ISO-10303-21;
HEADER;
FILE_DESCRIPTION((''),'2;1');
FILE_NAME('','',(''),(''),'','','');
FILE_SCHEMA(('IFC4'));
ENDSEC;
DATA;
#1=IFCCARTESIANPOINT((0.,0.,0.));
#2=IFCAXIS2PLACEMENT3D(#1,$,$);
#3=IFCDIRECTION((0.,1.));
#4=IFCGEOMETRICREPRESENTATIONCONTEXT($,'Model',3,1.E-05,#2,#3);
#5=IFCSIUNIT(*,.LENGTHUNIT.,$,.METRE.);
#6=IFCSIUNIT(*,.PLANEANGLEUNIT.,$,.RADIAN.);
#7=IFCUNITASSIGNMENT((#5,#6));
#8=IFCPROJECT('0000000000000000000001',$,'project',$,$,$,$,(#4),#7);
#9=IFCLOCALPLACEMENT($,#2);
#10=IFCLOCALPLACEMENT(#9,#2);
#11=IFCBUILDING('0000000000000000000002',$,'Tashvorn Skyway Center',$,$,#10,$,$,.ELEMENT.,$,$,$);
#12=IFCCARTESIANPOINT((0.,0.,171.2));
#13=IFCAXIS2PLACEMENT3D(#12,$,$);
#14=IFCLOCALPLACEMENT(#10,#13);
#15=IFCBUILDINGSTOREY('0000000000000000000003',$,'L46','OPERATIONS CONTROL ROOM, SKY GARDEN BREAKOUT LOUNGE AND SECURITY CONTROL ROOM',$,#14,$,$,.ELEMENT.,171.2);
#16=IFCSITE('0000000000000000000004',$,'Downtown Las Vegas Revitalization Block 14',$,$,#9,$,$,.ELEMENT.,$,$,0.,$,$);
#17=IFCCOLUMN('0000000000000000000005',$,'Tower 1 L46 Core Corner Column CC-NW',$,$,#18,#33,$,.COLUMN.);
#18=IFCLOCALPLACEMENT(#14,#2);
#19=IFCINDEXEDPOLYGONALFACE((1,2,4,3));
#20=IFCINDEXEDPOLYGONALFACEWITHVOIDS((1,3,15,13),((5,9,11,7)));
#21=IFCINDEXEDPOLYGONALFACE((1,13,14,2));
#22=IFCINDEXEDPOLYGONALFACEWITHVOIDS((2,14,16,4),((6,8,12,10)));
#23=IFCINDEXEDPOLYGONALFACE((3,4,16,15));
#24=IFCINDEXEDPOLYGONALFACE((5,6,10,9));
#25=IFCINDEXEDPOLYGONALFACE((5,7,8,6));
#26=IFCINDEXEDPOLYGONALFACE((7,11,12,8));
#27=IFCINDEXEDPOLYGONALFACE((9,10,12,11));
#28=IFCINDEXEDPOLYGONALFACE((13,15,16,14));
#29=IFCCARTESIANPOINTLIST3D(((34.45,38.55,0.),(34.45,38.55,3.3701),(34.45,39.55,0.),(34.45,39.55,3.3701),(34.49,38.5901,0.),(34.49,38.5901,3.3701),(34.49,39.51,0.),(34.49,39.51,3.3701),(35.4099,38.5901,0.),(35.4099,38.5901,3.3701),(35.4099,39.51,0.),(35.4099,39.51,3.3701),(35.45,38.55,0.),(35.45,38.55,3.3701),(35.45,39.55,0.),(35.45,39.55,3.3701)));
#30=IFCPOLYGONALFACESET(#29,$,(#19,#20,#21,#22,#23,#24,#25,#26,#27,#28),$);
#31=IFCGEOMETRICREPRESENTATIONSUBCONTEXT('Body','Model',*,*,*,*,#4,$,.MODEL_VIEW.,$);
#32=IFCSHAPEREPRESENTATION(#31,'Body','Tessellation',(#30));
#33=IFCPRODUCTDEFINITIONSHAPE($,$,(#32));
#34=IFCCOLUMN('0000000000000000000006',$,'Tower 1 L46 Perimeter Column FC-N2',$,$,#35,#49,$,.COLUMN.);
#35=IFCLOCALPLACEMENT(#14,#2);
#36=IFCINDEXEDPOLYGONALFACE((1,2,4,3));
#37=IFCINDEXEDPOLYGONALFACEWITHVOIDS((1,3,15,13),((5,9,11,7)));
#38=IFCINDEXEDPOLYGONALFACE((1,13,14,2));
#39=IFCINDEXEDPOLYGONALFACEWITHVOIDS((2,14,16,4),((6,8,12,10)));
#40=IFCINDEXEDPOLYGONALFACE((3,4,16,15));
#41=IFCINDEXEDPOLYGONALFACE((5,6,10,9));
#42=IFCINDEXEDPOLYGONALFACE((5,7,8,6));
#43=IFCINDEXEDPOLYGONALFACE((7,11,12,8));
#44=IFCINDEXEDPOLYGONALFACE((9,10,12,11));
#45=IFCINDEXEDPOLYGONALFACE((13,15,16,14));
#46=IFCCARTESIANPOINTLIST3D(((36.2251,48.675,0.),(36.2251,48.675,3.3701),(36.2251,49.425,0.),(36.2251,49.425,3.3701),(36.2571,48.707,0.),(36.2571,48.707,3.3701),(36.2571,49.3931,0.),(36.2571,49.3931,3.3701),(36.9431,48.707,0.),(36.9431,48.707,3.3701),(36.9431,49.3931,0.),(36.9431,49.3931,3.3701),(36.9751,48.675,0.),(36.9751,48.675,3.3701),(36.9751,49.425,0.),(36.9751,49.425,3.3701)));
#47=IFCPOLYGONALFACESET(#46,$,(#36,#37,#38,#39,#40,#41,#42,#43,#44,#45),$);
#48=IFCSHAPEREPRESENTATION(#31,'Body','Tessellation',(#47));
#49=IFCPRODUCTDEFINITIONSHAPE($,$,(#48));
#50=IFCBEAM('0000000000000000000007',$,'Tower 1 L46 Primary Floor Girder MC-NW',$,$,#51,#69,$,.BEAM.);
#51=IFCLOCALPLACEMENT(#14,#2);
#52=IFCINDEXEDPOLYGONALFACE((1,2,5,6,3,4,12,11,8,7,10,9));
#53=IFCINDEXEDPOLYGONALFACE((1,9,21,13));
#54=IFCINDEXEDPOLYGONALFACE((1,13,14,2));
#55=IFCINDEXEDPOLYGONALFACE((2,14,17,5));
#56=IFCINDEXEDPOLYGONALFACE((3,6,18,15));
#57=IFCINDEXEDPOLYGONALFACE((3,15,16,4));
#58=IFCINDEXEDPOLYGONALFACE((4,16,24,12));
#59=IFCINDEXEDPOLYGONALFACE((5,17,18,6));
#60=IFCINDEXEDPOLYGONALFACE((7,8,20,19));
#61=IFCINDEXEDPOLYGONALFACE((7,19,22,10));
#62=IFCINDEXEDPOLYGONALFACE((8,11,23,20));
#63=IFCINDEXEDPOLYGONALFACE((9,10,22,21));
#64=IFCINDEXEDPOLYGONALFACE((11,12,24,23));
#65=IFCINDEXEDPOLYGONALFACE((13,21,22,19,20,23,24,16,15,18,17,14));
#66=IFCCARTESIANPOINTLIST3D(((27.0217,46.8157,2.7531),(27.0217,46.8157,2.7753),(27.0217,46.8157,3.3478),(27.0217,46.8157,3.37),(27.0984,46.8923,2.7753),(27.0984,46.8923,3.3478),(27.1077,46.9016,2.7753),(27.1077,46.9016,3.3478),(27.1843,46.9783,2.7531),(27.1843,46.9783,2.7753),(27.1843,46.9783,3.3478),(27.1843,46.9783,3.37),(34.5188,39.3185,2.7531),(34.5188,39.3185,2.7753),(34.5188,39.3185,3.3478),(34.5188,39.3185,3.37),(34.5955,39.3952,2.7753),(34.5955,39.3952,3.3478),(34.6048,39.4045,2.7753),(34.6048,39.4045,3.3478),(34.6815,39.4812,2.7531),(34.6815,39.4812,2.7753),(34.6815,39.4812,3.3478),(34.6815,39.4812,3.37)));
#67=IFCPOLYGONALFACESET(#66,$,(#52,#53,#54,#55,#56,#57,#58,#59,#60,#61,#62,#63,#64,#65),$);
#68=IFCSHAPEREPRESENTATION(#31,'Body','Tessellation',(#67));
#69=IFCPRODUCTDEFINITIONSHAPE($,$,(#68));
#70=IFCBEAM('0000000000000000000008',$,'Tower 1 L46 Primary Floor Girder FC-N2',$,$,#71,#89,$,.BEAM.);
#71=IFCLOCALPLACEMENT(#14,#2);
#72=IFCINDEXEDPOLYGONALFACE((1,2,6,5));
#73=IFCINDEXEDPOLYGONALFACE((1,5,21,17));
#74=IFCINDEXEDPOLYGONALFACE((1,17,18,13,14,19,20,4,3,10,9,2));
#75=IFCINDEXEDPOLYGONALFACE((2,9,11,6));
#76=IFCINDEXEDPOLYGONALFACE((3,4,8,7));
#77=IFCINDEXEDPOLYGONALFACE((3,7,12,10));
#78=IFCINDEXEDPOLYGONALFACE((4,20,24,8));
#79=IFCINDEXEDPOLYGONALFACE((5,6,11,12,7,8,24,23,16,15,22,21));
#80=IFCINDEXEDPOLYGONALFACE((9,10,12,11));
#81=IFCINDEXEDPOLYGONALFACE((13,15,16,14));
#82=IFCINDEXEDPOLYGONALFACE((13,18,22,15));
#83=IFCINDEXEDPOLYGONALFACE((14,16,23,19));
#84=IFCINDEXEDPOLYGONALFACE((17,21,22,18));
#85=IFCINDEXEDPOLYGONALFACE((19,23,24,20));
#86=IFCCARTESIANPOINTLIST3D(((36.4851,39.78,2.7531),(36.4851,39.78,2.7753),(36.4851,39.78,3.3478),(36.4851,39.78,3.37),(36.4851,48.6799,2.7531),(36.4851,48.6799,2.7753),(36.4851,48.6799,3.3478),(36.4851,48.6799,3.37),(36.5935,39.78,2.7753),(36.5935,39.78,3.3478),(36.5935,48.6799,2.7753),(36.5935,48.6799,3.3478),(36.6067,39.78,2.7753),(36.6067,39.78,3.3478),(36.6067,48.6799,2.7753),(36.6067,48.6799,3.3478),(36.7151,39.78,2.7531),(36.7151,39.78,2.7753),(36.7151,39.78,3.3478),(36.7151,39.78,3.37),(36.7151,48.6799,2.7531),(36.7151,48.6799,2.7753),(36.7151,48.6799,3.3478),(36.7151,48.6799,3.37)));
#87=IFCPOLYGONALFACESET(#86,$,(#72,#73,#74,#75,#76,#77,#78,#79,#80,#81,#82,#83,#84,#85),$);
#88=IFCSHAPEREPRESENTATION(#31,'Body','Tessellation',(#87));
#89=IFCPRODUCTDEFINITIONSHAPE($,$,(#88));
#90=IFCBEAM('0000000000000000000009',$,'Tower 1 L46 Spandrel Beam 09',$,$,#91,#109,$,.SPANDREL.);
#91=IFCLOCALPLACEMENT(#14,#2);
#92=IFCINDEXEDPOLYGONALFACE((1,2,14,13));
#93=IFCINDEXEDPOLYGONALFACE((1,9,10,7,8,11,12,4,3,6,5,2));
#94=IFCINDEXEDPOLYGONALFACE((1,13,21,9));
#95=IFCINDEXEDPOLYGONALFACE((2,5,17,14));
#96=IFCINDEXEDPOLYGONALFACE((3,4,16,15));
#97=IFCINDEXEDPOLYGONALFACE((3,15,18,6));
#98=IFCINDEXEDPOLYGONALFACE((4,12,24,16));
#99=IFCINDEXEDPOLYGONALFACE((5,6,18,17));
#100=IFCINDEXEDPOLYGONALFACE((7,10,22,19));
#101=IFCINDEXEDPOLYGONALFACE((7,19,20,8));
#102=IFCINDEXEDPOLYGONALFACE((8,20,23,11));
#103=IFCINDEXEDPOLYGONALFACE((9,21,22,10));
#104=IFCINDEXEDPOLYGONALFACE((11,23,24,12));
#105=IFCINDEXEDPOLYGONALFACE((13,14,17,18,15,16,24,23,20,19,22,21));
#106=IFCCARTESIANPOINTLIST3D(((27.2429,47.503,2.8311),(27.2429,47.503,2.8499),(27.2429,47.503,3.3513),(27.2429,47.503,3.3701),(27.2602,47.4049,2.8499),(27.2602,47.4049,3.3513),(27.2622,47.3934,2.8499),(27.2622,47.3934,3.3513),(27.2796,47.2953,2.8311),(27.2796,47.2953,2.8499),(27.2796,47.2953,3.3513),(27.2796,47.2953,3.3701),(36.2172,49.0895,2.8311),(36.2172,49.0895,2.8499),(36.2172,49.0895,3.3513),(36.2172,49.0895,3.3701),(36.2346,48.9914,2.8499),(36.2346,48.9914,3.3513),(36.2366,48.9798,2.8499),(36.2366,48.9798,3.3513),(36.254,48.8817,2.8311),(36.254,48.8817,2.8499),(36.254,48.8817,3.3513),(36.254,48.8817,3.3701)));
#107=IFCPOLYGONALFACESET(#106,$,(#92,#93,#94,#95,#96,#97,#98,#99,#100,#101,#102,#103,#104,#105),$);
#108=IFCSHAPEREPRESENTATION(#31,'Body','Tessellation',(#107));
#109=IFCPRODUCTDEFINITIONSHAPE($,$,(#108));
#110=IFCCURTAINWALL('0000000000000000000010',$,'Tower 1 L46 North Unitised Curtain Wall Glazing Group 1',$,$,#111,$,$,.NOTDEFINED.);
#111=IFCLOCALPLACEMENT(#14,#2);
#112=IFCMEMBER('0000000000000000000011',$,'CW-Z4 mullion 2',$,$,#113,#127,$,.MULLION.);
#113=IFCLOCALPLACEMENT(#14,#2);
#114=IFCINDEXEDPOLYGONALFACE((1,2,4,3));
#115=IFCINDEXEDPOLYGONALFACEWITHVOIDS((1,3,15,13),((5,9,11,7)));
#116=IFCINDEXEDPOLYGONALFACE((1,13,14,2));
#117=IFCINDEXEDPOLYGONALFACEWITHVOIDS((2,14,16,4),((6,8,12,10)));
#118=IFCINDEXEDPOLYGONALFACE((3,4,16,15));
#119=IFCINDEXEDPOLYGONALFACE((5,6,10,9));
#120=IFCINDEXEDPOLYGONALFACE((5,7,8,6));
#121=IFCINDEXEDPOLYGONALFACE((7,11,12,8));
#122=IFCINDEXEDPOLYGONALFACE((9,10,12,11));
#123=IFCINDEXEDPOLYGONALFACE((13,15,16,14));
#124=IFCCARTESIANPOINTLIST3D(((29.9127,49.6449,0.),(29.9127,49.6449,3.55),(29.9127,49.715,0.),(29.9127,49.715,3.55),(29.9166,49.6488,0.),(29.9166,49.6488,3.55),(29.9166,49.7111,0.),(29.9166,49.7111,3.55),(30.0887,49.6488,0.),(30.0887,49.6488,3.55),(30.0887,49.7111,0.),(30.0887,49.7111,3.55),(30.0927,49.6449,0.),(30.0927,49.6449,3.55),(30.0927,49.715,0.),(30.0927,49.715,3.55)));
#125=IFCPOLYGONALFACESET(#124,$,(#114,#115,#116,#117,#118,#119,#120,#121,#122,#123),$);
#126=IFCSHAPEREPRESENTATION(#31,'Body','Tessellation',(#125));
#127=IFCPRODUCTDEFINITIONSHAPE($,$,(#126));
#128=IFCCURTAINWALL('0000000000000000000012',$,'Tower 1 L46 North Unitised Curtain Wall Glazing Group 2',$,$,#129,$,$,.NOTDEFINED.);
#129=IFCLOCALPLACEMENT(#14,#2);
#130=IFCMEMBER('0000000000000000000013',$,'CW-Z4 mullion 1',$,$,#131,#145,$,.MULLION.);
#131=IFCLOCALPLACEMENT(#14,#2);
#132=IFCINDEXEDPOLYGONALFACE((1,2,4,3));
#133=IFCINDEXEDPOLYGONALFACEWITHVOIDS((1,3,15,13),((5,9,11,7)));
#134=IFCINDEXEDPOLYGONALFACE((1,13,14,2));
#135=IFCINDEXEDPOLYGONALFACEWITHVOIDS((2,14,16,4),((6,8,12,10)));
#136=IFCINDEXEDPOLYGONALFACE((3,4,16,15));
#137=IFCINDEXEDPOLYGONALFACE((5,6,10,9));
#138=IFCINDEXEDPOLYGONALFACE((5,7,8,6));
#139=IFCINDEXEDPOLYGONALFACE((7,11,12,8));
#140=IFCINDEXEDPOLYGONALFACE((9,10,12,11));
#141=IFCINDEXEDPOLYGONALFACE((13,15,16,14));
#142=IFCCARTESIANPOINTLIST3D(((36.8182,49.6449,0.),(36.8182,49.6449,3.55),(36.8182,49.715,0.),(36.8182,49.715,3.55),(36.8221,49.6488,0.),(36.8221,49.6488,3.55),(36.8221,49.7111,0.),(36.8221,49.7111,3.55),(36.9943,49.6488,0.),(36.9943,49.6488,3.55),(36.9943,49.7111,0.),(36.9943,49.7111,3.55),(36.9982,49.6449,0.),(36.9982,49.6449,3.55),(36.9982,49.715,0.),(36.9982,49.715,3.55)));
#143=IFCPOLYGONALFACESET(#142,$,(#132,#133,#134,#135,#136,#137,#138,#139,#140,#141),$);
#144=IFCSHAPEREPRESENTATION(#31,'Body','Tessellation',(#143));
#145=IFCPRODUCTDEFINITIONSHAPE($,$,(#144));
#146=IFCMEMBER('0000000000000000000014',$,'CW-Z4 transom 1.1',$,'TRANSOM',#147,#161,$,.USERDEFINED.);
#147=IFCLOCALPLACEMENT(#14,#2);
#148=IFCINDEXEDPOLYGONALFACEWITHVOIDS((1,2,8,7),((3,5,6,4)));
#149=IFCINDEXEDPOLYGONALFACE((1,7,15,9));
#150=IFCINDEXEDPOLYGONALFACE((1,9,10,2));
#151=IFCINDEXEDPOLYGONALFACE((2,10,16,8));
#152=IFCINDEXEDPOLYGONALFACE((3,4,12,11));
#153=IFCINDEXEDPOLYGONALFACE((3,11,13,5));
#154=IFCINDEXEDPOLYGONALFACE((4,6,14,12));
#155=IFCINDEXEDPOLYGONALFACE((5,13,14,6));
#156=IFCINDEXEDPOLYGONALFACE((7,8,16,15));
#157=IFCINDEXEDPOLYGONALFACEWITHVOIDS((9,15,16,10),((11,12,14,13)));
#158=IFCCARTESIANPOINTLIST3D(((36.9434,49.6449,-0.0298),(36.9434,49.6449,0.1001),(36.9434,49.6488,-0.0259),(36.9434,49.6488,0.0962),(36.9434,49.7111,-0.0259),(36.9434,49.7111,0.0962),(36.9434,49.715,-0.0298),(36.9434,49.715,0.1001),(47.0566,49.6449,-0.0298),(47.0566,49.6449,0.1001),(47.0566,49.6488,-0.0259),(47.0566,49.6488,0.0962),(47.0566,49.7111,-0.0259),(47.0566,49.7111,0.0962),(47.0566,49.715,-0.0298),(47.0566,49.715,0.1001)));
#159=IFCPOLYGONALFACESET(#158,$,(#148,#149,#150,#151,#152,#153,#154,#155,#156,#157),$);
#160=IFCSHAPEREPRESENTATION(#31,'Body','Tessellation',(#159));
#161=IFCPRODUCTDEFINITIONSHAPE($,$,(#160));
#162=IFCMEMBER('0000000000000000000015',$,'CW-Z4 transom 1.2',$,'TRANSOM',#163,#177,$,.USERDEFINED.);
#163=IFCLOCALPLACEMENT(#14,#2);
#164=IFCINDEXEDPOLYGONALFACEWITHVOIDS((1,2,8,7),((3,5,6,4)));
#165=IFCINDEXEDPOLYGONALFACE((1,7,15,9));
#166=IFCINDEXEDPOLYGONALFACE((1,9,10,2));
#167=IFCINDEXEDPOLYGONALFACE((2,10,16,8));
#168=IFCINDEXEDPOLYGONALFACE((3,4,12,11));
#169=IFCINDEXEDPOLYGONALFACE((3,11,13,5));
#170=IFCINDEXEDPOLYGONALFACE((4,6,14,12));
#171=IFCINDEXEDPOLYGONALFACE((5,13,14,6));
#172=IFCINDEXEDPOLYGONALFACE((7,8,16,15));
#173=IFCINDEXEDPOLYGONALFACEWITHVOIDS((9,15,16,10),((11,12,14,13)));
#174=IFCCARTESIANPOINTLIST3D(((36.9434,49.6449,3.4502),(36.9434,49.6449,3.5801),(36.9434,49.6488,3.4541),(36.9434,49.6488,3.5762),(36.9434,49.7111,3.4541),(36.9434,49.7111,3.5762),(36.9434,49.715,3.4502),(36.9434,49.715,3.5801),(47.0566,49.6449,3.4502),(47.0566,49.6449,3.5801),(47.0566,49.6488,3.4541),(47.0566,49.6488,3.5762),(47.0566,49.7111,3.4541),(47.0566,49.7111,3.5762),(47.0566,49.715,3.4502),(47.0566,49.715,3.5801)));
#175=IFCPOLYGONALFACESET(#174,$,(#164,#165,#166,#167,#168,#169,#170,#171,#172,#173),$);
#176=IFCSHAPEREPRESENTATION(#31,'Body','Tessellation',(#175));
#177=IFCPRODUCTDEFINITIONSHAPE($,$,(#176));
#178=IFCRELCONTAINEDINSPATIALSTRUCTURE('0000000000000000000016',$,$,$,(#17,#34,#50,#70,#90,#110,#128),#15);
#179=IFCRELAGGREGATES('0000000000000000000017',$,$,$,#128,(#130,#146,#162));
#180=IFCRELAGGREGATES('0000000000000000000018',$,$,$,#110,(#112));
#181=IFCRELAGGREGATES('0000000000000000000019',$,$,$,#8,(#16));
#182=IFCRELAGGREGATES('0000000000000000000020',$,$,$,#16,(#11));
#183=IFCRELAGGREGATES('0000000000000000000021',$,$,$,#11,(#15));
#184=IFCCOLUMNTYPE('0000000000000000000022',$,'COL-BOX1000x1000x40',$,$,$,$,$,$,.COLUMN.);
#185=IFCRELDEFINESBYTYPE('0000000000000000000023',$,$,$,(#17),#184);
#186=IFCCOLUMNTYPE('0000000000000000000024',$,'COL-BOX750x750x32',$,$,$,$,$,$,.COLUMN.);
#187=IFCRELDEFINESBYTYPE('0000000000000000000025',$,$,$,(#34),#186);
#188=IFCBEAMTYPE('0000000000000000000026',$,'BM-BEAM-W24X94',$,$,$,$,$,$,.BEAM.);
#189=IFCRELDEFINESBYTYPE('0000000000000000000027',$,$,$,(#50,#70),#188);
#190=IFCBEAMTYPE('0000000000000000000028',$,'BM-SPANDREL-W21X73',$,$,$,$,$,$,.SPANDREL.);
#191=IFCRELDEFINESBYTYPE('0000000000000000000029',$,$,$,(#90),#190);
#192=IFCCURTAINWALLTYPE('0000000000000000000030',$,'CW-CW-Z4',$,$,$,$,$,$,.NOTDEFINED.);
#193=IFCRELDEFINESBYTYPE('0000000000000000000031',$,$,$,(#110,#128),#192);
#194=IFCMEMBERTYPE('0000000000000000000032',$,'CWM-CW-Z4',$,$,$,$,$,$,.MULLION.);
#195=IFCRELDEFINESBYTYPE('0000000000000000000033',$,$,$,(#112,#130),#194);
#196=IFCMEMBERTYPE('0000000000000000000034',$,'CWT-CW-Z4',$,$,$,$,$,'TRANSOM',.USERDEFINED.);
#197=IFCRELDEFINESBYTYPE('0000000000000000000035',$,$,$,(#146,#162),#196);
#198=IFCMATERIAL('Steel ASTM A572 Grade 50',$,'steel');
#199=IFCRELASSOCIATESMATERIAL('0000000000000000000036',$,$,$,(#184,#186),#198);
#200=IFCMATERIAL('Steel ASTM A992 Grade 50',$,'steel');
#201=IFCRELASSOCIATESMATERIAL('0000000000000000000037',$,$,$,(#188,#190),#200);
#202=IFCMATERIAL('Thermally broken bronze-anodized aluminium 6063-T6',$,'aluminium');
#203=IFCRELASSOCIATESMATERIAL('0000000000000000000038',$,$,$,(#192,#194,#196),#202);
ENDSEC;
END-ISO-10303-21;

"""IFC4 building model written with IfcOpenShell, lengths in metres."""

from ifc_helpers import new_model, si_unit, direction, frame, origin, origin_2d, place, context, subcontext, project, spatial, hollow_rectangle, i_section, extrude, material, material_profile, profile_set, type_object, element, aggregate, save


model = new_model("IFC4")

# Units and contexts
model_context = context("Model", 3, precision=1e-05, world=origin(), true_north=direction((0.0, 1.0)))
body_context = subcontext(model_context, "Body", "Model", "MODEL_VIEW")
ifc_project = project(units=[si_unit("LENGTHUNIT", "METRE"), si_unit("PLANEANGLEUNIT", "RADIAN")], contexts=[model_context])

# Site, building, storey
site_placement = place(None, origin())
site = spatial("IfcSite", under=ifc_project, at=site_placement, Name="Downtown Las Vegas Revitalization Block 14", CompositionType="ELEMENT", RefElevation=0.0)
building_placement = place(site_placement, origin())
building = spatial("IfcBuilding", under=site, at=building_placement, Name="Tashvorn Skyway Center", CompositionType="ELEMENT")
storey_placement = place(building_placement, frame((0.0, 0.0, 171.2)))
storey = spatial("IfcBuildingStorey", under=building, at=storey_placement, Name="L46", Description="OPERATIONS CONTROL ROOM, SKY GARDEN BREAKOUT LOUNGE AND SECURITY CONTROL ROOM", CompositionType="ELEMENT", Elevation=171.2)

# Columns
ifc_material_1 = material(Name="Steel ASTM A572 Grade 50", Category="steel")
ifc_material_profile_1 = material_profile(ifc_material_1, hollow_rectangle(XDim=1.0, YDim=1.0, WallThickness=0.04, at=origin_2d()), Name="BOX1000x1000x40")
ifc_profile_set_1 = profile_set([ifc_material_profile_1], Name="Steel ASTM A572 Grade 50")
column_type_1 = type_object("IfcColumnType", Name="COL-BOX1000x1000x40", PredefinedType="COLUMN", material=ifc_profile_set_1)
column_1_placement = place(storey_placement, frame((34.95, 39.05, 0.0), z_axis=(0.0, 0.0, 1.0), x_axis=(1.0, 0.0, 0.0)))
element("IfcColumn", 1, at=column_1_placement, inside=storey, type_object=column_type_1, Name="Tower 1 L46 Core Corner Column CC-NW", PredefinedType="COLUMN", context=body_context, shape_type="SweptSolid", body=[
    extrude(hollow_rectangle(XDim=1.0, YDim=1.0, WallThickness=0.04, at=origin_2d()), origin(), (0.0, 0.0, 1.0), 3.3701),
])
ifc_material_profile_2 = material_profile(ifc_material_1, hollow_rectangle(XDim=0.75, YDim=0.75, WallThickness=0.032, at=origin_2d()), Name="BOX750x750x32")
ifc_profile_set_2 = profile_set([ifc_material_profile_2], Name="Steel ASTM A572 Grade 50")
column_type_2 = type_object("IfcColumnType", Name="COL-BOX750x750x32", PredefinedType="COLUMN", material=ifc_profile_set_2)
column_2_placement = place(storey_placement, frame((36.6001, 49.05, 0.0), z_axis=(0.0, 0.0, 1.0), x_axis=(1.0, 0.0, 0.0)))
element("IfcColumn", 2, at=column_2_placement, inside=storey, type_object=column_type_2, Name="Tower 1 L46 Perimeter Column FC-N2", PredefinedType="COLUMN", context=body_context, shape_type="SweptSolid", body=[
    extrude(hollow_rectangle(XDim=0.75, YDim=0.75, WallThickness=0.032, at=origin_2d()), origin(), (0.0, 0.0, 1.0), 3.3701),
])

# Beams
ifc_material_2 = material(Name="Steel ASTM A992 Grade 50", Category="steel")
ifc_material_profile_3 = material_profile(ifc_material_2, i_section(OverallWidth=0.23, OverallDepth=0.6169, WebThickness=0.0132, FlangeThickness=0.0222, at=origin_2d()), Name="W24X94")
ifc_profile_set_3 = profile_set([ifc_material_profile_3], Name="Steel ASTM A992 Grade 50")
beam_type_1 = type_object("IfcBeamType", Name="BM-BEAM-W24X94", PredefinedType="BEAM", material=ifc_profile_set_3)
beam_1_placement = place(storey_placement, frame((27.103, 46.897, 3.0615), z_axis=(0.707107, -0.707107, 0.0), x_axis=(0.707107, 0.707107, 0.0)))
element("IfcBeam", 3, at=beam_1_placement, inside=storey, type_object=beam_type_1, Name="Tower 1 L46 Primary Floor Girder MC-NW", PredefinedType="BEAM", context=body_context, shape_type="SweptSolid", body=[
    extrude(i_section(OverallWidth=0.23, OverallDepth=0.6169, WebThickness=0.0132, FlangeThickness=0.0222, at=origin_2d()), origin(), (0.0, 0.0, 1.0), 10.6025),
])
beam_2_placement = place(storey_placement, frame((36.6001, 48.6799, 3.0615), z_axis=(0.0, -1.0, 0.0), x_axis=(1.0, 0.0, 0.0)))
element("IfcBeam", 4, at=beam_2_placement, inside=storey, type_object=beam_type_1, Name="Tower 1 L46 Primary Floor Girder FC-N2", PredefinedType="BEAM", context=body_context, shape_type="SweptSolid", body=[
    extrude(i_section(OverallWidth=0.23, OverallDepth=0.6169, WebThickness=0.0132, FlangeThickness=0.0222, at=origin_2d()), origin(), (0.0, 0.0, 1.0), 8.8999),
])
ifc_material_profile_4 = material_profile(ifc_material_2, i_section(OverallWidth=0.2109, OverallDepth=0.5391, WebThickness=0.0117, FlangeThickness=0.0188, at=origin_2d()), Name="W21X73")
ifc_profile_set_4 = profile_set([ifc_material_profile_4], Name="Steel ASTM A992 Grade 50")
beam_type_2 = type_object("IfcBeamType", Name="BM-SPANDREL-W21X73", PredefinedType="SPANDREL", material=ifc_profile_set_4)
beam_3_placement = place(storey_placement, frame((36.2356, 48.9856, 3.1006), z_axis=(-0.984733, -0.174074, 0.0), x_axis=(0.174074, -0.984733, 0.0)))
element("IfcBeam", 5, at=beam_3_placement, inside=storey, type_object=beam_type_2, Name="Tower 1 L46 Spandrel Beam 09", PredefinedType="SPANDREL", context=body_context, shape_type="SweptSolid", body=[
    extrude(i_section(OverallWidth=0.2109, OverallDepth=0.5391, WebThickness=0.0117, FlangeThickness=0.0188, at=origin_2d()), origin(), (0.0, 0.0, 1.0), 9.1135),
])

# Curtain wall, member
ifc_material_3 = material(Name="Thermally broken bronze-anodized aluminium 6063-T6", Category="aluminium")
curtain_wall_type = type_object("IfcCurtainWallType", Name="CW-CW-Z4", PredefinedType="NOTDEFINED", material=ifc_material_3)
curtain_wall_1_placement = place(storey_placement, origin())
curtain_wall_1 = element("IfcCurtainWall", 6, at=curtain_wall_1_placement, inside=storey, type_object=curtain_wall_type, Name="Tower 1 L46 North Unitised Curtain Wall Glazing Group 1", PredefinedType="NOTDEFINED")
ifc_material_profile_5 = material_profile(ifc_material_3, hollow_rectangle(XDim=0.0701, YDim=0.1799, WallThickness=0.0039, at=origin_2d()), Name="ALU-MULL-70x180")
ifc_profile_set_5 = profile_set([ifc_material_profile_5], Name="Thermally broken bronze-anodized aluminium 6063-T6")
member_type_1 = type_object("IfcMemberType", Name="CWM-CW-Z4", PredefinedType="MULLION", material=ifc_profile_set_5)
member_1_placement = place(storey_placement, frame((30.0027, 49.6799, 0.0), z_axis=(0.0, 0.0, 1.0), x_axis=(0.0, 1.0, 0.0)))
member_1 = element("IfcMember", 7, at=member_1_placement, type_object=member_type_1, Name="CW-Z4 mullion 2", PredefinedType="MULLION", context=body_context, shape_type="SweptSolid", body=[
    extrude(hollow_rectangle(XDim=0.0701, YDim=0.1799, WallThickness=0.0039, at=origin_2d()), origin(), (0.0, 0.0, 1.0), 3.55),
])

# Curtain wall, members
curtain_wall_2_placement = place(storey_placement, origin())
curtain_wall_2 = element("IfcCurtainWall", 8, at=curtain_wall_2_placement, inside=storey, type_object=curtain_wall_type, Name="Tower 1 L46 North Unitised Curtain Wall Glazing Group 2", PredefinedType="NOTDEFINED")
member_2_placement = place(storey_placement, frame((36.9082, 49.6799, 0.0), z_axis=(0.0, 0.0, 1.0), x_axis=(0.0, 1.0, 0.0)))
member_2 = element("IfcMember", 9, at=member_2_placement, type_object=member_type_1, Name="CW-Z4 mullion 1", PredefinedType="MULLION", context=body_context, shape_type="SweptSolid", body=[
    extrude(hollow_rectangle(XDim=0.0701, YDim=0.1799, WallThickness=0.0039, at=origin_2d()), origin(), (0.0, 0.0, 1.0), 3.55),
])
ifc_material_profile_6 = material_profile(ifc_material_3, hollow_rectangle(XDim=0.0701, YDim=0.1299, WallThickness=0.0039, at=origin_2d()), Name="ALU-TRAN-70x130")
ifc_profile_set_6 = profile_set([ifc_material_profile_6], Name="Thermally broken bronze-anodized aluminium 6063-T6")
member_type_2 = type_object("IfcMemberType", Name="CWT-CW-Z4", ElementType="TRANSOM", PredefinedType="USERDEFINED", material=ifc_profile_set_6)
member_3_placement = place(storey_placement, frame((36.9434, 49.6799, 0.0352), z_axis=(1.0, 0.0, 0.0), x_axis=(0.0, 1.0, 0.0)))
member_3 = element("IfcMember", 10, at=member_3_placement, type_object=member_type_2, Name="CW-Z4 transom 1.1", ObjectType="TRANSOM", PredefinedType="USERDEFINED", context=body_context, shape_type="SweptSolid", body=[
    extrude(hollow_rectangle(XDim=0.0701, YDim=0.1299, WallThickness=0.0039, at=origin_2d()), origin(), (0.0, 0.0, 1.0), 10.1133),
])
member_4_placement = place(storey_placement, frame((36.9434, 49.6799, 3.5151), z_axis=(1.0, 0.0, 0.0), x_axis=(0.0, 1.0, 0.0)))
member_4 = element("IfcMember", 11, at=member_4_placement, type_object=member_type_2, Name="CW-Z4 transom 1.2", ObjectType="TRANSOM", PredefinedType="USERDEFINED", context=body_context, shape_type="SweptSolid", body=[
    extrude(hollow_rectangle(XDim=0.0701, YDim=0.1299, WallThickness=0.0039, at=origin_2d()), origin(), (0.0, 0.0, 1.0), 10.1133),
])
aggregate(curtain_wall_2, [member_2, member_3, member_4])

aggregate(curtain_wall_1, [member_1])

save(model, "model.ifc")
